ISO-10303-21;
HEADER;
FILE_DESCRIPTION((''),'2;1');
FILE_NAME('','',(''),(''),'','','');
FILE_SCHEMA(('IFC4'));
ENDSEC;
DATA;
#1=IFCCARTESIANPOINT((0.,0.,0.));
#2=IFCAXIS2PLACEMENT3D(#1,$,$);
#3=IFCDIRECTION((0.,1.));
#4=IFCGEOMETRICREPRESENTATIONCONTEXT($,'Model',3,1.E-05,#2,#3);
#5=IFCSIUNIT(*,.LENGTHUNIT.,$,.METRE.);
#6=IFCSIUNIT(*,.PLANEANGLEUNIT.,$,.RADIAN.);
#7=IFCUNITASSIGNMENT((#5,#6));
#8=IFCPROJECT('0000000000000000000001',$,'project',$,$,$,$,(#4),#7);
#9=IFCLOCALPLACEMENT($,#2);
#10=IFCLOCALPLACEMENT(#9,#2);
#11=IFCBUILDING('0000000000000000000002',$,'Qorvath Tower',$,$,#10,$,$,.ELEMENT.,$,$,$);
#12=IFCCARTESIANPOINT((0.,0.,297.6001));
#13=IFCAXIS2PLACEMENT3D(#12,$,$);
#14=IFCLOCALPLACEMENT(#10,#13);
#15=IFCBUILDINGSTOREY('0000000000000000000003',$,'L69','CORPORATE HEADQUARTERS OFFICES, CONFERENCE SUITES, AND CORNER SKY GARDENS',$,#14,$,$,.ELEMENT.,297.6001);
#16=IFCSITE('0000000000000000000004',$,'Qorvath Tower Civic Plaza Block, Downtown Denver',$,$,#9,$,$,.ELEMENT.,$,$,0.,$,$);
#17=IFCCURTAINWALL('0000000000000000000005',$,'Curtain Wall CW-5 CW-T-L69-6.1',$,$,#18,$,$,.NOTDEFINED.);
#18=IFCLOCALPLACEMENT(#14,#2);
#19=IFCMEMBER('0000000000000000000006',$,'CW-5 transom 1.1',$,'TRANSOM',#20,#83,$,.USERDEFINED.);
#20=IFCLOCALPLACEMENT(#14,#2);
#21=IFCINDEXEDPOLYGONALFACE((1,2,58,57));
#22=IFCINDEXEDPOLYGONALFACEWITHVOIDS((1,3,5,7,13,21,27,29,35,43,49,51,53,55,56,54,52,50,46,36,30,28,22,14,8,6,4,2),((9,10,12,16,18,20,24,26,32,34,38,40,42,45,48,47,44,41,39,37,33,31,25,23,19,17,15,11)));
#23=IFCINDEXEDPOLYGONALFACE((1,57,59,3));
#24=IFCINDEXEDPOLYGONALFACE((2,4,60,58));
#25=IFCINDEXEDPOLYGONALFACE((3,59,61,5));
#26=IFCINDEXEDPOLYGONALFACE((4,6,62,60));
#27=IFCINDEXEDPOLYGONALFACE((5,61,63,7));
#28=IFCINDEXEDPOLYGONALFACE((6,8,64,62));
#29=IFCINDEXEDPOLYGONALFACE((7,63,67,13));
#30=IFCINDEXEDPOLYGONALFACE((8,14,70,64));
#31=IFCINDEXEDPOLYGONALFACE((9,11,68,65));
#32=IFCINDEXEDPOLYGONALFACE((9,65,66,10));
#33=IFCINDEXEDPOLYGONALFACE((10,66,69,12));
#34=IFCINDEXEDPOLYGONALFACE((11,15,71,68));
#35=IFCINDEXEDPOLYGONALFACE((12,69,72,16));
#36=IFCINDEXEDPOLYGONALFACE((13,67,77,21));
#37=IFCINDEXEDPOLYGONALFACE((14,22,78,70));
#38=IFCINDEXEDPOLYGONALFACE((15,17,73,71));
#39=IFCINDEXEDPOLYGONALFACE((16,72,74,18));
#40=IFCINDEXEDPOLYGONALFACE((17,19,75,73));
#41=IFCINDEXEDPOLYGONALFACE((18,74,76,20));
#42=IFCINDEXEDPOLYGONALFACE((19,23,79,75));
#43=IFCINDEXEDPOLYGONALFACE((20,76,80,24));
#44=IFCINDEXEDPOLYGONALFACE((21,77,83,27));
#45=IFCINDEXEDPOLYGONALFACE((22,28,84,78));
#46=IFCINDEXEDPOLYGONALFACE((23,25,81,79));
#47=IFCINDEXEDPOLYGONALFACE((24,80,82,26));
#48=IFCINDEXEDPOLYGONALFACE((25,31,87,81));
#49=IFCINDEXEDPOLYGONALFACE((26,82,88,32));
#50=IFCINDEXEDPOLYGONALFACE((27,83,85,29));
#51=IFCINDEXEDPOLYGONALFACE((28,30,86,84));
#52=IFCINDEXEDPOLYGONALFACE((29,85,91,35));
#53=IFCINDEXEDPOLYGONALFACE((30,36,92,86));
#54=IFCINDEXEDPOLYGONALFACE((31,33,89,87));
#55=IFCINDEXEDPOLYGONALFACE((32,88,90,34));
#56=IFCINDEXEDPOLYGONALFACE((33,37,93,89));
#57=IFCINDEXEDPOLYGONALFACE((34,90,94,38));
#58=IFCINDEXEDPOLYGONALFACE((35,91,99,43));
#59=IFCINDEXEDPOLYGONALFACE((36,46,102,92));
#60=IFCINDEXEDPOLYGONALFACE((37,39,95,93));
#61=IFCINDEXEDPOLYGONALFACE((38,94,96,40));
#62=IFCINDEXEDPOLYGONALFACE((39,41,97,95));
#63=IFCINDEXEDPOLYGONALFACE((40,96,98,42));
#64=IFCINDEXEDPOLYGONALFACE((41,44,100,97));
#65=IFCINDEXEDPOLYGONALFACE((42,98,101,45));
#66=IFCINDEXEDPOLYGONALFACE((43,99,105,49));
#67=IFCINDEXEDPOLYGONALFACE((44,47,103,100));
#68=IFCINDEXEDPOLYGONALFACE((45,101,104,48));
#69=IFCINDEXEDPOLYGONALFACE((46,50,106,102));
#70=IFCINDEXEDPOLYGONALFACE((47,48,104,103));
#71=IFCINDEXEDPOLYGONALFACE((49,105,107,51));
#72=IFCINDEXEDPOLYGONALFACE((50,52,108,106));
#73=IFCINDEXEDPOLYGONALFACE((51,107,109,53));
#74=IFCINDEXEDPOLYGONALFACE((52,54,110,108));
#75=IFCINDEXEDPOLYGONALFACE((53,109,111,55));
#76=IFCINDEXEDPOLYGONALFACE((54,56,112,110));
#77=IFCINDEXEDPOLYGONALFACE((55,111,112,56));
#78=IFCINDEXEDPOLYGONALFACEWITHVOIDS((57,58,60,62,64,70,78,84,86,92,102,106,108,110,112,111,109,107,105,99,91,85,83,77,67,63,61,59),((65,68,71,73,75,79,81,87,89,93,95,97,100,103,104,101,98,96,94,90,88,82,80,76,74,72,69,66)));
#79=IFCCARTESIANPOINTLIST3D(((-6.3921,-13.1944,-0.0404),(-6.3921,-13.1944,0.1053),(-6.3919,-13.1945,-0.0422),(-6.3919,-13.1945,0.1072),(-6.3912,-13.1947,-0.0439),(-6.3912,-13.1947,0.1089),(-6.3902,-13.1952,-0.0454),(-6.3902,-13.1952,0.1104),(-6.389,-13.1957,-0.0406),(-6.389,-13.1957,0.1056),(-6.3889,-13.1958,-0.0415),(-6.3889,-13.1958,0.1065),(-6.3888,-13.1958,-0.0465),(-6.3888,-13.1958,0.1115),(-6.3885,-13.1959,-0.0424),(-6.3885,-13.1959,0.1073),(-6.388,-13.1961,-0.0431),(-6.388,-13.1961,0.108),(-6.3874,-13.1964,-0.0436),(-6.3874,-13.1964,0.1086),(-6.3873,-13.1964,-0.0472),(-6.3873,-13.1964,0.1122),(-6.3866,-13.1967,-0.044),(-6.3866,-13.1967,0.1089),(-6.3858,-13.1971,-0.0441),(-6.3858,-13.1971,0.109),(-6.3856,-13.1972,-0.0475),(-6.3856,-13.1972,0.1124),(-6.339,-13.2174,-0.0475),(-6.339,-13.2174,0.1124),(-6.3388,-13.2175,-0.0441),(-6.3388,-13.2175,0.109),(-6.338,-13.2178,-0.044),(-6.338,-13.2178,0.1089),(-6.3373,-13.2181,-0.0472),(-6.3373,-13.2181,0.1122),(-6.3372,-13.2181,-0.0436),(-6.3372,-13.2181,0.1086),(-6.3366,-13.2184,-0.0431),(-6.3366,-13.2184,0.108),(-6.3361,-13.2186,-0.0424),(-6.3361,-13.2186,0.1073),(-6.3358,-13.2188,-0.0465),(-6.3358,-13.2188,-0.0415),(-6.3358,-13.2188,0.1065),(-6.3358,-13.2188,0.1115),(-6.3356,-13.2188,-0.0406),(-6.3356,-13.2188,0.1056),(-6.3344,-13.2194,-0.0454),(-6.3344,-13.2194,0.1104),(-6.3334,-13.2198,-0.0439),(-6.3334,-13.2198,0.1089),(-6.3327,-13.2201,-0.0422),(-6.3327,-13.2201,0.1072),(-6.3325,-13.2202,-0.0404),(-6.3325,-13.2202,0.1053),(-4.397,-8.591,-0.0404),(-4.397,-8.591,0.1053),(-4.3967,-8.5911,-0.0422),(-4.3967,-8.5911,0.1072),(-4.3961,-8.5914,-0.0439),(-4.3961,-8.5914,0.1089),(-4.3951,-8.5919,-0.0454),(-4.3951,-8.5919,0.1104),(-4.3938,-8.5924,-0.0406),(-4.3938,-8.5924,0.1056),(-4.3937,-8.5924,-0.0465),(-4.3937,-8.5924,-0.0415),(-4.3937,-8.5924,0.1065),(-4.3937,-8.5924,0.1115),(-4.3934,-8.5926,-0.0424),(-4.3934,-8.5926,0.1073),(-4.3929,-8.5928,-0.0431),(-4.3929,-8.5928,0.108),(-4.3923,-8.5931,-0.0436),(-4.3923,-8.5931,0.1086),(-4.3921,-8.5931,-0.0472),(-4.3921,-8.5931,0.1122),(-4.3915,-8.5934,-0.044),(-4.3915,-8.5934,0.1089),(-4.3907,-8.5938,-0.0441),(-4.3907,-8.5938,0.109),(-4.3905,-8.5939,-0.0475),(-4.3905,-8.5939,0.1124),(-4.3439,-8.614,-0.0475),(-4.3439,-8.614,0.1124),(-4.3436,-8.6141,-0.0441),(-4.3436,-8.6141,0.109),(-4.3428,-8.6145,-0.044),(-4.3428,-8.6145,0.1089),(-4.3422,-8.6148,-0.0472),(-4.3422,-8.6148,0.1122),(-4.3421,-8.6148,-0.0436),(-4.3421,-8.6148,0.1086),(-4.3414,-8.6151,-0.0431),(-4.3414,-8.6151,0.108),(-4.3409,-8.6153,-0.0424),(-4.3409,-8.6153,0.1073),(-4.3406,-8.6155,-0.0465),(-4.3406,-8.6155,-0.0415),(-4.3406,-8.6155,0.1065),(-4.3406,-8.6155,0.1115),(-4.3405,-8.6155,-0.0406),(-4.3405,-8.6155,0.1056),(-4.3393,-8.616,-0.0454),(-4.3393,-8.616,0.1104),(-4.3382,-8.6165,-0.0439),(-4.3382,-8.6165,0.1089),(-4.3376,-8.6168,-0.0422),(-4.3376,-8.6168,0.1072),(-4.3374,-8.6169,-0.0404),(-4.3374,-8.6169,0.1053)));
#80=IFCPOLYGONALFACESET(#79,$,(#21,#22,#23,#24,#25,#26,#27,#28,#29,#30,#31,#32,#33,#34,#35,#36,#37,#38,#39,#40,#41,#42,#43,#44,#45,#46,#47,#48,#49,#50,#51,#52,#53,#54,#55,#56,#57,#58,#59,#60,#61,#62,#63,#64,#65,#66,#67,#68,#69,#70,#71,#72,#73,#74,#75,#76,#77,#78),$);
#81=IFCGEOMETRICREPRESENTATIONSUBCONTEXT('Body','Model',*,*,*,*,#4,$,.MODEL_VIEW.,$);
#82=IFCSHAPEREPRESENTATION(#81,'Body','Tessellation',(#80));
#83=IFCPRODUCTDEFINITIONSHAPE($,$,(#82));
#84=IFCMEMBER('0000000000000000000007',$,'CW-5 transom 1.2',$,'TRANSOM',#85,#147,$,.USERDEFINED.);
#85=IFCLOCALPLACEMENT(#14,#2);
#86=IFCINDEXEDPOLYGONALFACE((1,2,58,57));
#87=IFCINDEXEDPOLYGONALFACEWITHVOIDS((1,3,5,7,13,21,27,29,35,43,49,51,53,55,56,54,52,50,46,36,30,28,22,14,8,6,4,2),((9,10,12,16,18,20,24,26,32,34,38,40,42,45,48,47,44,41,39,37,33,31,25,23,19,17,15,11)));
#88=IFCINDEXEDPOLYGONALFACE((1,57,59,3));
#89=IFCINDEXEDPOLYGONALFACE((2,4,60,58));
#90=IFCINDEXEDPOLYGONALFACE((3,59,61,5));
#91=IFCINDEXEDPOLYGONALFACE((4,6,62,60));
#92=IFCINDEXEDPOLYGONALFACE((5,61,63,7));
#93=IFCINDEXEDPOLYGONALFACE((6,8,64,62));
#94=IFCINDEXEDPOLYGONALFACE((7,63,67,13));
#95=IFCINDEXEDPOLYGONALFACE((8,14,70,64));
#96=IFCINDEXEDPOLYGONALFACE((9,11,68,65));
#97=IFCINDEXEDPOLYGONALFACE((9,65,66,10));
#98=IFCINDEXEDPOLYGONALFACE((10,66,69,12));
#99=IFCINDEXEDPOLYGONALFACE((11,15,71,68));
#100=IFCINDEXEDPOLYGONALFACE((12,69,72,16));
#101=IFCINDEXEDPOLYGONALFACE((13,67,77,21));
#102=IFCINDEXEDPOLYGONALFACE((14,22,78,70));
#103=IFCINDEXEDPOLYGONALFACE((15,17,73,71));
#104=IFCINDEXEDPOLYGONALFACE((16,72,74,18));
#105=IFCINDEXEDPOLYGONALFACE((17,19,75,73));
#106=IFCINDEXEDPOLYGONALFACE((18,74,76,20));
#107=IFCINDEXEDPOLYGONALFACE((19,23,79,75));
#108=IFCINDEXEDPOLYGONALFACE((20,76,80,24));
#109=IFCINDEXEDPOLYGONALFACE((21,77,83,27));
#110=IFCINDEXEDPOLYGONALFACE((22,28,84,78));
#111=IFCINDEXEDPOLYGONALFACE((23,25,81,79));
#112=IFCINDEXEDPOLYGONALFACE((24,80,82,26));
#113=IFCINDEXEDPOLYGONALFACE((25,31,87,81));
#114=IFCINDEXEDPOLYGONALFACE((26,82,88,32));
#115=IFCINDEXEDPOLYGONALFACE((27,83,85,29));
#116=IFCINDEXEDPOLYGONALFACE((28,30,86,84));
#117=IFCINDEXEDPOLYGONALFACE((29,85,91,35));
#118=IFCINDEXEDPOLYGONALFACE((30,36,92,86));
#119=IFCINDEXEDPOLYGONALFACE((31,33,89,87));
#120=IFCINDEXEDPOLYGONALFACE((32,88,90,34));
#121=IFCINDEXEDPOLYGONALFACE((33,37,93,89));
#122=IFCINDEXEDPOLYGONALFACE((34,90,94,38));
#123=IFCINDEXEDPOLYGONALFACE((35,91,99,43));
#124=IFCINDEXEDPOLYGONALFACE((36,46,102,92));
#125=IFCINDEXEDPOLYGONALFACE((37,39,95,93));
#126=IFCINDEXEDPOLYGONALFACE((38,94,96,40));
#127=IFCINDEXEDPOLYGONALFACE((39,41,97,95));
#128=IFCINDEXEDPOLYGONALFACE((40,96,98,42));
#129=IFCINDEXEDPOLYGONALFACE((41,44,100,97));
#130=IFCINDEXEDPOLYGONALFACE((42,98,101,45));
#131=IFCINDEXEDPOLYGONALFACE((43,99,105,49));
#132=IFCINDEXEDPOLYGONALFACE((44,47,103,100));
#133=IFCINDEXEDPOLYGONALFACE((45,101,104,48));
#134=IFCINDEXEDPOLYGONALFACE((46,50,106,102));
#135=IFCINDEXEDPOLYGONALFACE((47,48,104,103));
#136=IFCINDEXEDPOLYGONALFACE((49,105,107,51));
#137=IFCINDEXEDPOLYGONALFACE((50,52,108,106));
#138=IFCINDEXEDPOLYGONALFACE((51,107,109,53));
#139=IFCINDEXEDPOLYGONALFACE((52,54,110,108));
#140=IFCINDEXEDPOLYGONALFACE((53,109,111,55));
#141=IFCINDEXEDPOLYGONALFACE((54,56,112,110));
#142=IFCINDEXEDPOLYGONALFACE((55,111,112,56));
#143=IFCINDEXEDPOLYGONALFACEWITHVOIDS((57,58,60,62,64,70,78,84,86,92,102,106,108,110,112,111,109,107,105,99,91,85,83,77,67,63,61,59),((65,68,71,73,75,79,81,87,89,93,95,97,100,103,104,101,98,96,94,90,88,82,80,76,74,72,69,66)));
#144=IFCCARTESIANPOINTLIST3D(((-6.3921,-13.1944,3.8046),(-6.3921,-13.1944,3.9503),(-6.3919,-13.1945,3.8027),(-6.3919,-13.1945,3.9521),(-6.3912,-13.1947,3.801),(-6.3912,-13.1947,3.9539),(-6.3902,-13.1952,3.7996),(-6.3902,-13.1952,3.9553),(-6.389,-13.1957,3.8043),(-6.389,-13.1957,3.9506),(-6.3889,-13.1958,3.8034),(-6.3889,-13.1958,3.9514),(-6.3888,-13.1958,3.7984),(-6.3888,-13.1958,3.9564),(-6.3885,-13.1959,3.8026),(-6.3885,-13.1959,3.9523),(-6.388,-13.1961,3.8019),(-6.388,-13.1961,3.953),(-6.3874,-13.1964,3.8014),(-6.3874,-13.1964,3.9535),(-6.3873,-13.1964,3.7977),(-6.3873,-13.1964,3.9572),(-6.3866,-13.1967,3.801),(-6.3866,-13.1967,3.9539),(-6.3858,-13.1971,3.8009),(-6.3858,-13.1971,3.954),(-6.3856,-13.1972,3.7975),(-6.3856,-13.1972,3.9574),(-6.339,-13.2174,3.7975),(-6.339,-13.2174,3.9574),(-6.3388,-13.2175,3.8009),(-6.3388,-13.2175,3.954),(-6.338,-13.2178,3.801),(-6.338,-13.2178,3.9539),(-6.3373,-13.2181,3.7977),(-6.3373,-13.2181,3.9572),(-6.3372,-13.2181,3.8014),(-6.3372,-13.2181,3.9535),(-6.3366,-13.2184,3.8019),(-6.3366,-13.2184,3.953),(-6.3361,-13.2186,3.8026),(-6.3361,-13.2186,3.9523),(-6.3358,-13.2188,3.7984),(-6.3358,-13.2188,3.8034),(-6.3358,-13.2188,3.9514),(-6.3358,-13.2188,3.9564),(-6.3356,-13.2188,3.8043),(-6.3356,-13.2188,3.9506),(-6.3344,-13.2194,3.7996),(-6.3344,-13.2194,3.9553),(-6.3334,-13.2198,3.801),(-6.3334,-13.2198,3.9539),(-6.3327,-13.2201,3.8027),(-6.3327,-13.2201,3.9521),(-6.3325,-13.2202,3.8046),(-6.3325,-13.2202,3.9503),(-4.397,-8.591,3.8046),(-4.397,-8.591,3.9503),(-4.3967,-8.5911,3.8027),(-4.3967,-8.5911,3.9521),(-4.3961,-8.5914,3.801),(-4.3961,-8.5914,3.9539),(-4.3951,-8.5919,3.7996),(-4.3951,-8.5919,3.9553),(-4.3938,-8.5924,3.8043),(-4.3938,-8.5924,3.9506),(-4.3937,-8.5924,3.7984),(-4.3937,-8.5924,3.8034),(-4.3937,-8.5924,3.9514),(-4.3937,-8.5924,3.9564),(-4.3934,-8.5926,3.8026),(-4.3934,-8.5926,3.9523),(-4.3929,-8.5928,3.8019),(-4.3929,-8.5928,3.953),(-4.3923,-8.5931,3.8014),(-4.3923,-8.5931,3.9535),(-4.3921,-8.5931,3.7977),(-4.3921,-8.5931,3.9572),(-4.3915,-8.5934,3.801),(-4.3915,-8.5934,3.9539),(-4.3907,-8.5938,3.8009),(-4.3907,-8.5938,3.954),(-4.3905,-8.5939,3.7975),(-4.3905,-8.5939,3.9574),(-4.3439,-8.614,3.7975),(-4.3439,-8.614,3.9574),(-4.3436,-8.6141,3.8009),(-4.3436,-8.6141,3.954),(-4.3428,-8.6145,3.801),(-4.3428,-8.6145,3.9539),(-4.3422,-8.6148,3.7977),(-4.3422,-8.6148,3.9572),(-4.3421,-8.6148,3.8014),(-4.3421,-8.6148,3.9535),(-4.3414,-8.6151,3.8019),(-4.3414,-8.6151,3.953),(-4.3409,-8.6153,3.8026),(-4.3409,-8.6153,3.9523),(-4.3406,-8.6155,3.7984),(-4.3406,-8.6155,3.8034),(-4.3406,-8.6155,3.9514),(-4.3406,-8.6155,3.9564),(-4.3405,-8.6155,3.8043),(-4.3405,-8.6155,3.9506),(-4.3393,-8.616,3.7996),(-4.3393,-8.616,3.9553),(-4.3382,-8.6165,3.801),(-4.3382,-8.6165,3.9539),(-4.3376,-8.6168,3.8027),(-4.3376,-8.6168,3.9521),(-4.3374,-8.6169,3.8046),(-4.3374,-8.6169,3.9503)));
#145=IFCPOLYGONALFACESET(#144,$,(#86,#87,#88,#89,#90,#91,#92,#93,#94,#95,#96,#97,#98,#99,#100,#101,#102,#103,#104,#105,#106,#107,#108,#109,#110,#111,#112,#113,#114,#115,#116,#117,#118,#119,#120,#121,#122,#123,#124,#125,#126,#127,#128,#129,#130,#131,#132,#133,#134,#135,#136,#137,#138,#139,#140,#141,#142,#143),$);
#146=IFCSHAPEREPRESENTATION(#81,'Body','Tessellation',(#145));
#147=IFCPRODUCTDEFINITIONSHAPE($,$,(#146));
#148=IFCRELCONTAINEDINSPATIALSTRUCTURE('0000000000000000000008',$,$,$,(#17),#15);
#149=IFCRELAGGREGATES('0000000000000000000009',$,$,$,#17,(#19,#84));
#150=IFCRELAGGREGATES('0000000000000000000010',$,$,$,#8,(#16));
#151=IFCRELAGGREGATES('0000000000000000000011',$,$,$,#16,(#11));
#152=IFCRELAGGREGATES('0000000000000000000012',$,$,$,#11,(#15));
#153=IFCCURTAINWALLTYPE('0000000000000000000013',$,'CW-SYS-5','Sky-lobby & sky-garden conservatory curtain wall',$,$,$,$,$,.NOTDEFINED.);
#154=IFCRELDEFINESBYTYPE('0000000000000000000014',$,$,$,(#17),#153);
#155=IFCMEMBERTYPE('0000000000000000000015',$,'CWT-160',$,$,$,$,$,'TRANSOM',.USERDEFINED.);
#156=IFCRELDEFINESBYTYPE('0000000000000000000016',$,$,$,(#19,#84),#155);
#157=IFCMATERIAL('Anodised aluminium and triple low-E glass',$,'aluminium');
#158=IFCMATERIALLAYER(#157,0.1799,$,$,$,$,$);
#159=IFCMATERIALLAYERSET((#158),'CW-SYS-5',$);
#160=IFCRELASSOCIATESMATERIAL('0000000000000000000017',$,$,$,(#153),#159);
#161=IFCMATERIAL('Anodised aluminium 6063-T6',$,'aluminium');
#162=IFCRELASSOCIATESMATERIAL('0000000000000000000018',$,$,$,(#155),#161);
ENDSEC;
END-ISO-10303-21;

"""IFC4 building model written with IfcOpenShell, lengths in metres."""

from ifc_helpers import new_model, si_unit, direction, frame, origin, origin_2d, place, context, subcontext, project, spatial, hollow_rectangle, extrude, material, layer, layer_set, material_profile, profile_set, type_object, element, aggregate, save


model = new_model("IFC4")

# Units and contexts
model_context = context("Model", 3, precision=1e-05, world=origin(), true_north=direction((0.0, 1.0)))
body_context = subcontext(model_context, "Body", "Model", "MODEL_VIEW")
ifc_project = project(units=[si_unit("LENGTHUNIT", "METRE"), si_unit("PLANEANGLEUNIT", "RADIAN")], contexts=[model_context])

# Site, building, storey
site_placement = place(None, origin())
site = spatial("IfcSite", under=ifc_project, at=site_placement, Name="Qorvath Tower Civic Plaza Block, Downtown Denver", CompositionType="ELEMENT", RefElevation=0.0)
building_placement = place(site_placement, origin())
building = spatial("IfcBuilding", under=site, at=building_placement, Name="Qorvath Tower", CompositionType="ELEMENT")
storey_placement = place(building_placement, frame((0.0, 0.0, 297.6001)))
storey = spatial("IfcBuildingStorey", under=building, at=storey_placement, Name="L69", Description="CORPORATE HEADQUARTERS OFFICES, CONFERENCE SUITES, AND CORNER SKY GARDENS", CompositionType="ELEMENT", Elevation=297.6001)

# Shared definitions
ifc_material_1 = material(Name="Anodised aluminium and triple low-E glass", Category="aluminium")
ifc_layer_1 = layer(ifc_material_1, 0.1799)
ifc_layer_set_1 = layer_set([ifc_layer_1], Name="CW-SYS-5")
curtain_wall_type = type_object("IfcCurtainWallType", Name="CW-SYS-5", Description="Sky-lobby & sky-garden conservatory curtain wall", PredefinedType="NOTDEFINED", material=ifc_layer_set_1)

# Curtain wall
curtain_wall_1_placement = place(storey_placement, origin())
curtain_wall_1 = element("IfcCurtainWall", 1, at=curtain_wall_1_placement, inside=storey, type_object=curtain_wall_type, Name="Curtain Wall CW-5 CW-T-L69-6.1", PredefinedType="NOTDEFINED")

# Members
ifc_material_2 = material(Name="Anodised aluminium 6063-T6", Category="aluminium")
ifc_material_profile_1 = material_profile(ifc_material_2, hollow_rectangle(XDim=0.0649, YDim=0.1599, WallThickness=0.0034, InnerFilletRadius=0.0034, OuterFilletRadius=0.0071, at=origin_2d()), Name="CWT 160x65")
ifc_profile_set_1 = profile_set([ifc_material_profile_1], Name="Anodised aluminium 6063-T6")
member_type_1 = type_object("IfcMemberType", Name="CWT-160", ElementType="TRANSOM", PredefinedType="USERDEFINED", material=ifc_profile_set_1)
member_1_placement = place(storey_placement, frame((-6.3623, -13.2073, 0.0325), z_axis=(0.397669, 0.917529, 0.0), x_axis=(-0.917529, 0.397669, 0.0)))
member_1 = element("IfcMember", 2, at=member_1_placement, type_object=member_type_1, Name="CW-5 transom 1.1", ObjectType="TRANSOM", PredefinedType="USERDEFINED", context=body_context, shape_type="SweptSolid", body=[
    extrude(hollow_rectangle(XDim=0.0649, YDim=0.1599, WallThickness=0.0034, InnerFilletRadius=0.0034, OuterFilletRadius=0.0071, at=origin_2d()), origin(), (0.0, 0.0, 1.0), 5.0171),
])
member_2_placement = place(storey_placement, frame((-6.3623, -13.2073, 3.8774), z_axis=(0.397669, 0.917529, 0.0), x_axis=(-0.917529, 0.397669, 0.0)))
member_2 = element("IfcMember", 3, at=member_2_placement, type_object=member_type_1, Name="CW-5 transom 1.2", ObjectType="TRANSOM", PredefinedType="USERDEFINED", context=body_context, shape_type="SweptSolid", body=[
    extrude(hollow_rectangle(XDim=0.0649, YDim=0.1599, WallThickness=0.0034, InnerFilletRadius=0.0034, OuterFilletRadius=0.0071, at=origin_2d()), origin(), (0.0, 0.0, 1.0), 5.0171),
])

aggregate(curtain_wall_1, [member_1, member_2])

save(model, "model.ifc")
